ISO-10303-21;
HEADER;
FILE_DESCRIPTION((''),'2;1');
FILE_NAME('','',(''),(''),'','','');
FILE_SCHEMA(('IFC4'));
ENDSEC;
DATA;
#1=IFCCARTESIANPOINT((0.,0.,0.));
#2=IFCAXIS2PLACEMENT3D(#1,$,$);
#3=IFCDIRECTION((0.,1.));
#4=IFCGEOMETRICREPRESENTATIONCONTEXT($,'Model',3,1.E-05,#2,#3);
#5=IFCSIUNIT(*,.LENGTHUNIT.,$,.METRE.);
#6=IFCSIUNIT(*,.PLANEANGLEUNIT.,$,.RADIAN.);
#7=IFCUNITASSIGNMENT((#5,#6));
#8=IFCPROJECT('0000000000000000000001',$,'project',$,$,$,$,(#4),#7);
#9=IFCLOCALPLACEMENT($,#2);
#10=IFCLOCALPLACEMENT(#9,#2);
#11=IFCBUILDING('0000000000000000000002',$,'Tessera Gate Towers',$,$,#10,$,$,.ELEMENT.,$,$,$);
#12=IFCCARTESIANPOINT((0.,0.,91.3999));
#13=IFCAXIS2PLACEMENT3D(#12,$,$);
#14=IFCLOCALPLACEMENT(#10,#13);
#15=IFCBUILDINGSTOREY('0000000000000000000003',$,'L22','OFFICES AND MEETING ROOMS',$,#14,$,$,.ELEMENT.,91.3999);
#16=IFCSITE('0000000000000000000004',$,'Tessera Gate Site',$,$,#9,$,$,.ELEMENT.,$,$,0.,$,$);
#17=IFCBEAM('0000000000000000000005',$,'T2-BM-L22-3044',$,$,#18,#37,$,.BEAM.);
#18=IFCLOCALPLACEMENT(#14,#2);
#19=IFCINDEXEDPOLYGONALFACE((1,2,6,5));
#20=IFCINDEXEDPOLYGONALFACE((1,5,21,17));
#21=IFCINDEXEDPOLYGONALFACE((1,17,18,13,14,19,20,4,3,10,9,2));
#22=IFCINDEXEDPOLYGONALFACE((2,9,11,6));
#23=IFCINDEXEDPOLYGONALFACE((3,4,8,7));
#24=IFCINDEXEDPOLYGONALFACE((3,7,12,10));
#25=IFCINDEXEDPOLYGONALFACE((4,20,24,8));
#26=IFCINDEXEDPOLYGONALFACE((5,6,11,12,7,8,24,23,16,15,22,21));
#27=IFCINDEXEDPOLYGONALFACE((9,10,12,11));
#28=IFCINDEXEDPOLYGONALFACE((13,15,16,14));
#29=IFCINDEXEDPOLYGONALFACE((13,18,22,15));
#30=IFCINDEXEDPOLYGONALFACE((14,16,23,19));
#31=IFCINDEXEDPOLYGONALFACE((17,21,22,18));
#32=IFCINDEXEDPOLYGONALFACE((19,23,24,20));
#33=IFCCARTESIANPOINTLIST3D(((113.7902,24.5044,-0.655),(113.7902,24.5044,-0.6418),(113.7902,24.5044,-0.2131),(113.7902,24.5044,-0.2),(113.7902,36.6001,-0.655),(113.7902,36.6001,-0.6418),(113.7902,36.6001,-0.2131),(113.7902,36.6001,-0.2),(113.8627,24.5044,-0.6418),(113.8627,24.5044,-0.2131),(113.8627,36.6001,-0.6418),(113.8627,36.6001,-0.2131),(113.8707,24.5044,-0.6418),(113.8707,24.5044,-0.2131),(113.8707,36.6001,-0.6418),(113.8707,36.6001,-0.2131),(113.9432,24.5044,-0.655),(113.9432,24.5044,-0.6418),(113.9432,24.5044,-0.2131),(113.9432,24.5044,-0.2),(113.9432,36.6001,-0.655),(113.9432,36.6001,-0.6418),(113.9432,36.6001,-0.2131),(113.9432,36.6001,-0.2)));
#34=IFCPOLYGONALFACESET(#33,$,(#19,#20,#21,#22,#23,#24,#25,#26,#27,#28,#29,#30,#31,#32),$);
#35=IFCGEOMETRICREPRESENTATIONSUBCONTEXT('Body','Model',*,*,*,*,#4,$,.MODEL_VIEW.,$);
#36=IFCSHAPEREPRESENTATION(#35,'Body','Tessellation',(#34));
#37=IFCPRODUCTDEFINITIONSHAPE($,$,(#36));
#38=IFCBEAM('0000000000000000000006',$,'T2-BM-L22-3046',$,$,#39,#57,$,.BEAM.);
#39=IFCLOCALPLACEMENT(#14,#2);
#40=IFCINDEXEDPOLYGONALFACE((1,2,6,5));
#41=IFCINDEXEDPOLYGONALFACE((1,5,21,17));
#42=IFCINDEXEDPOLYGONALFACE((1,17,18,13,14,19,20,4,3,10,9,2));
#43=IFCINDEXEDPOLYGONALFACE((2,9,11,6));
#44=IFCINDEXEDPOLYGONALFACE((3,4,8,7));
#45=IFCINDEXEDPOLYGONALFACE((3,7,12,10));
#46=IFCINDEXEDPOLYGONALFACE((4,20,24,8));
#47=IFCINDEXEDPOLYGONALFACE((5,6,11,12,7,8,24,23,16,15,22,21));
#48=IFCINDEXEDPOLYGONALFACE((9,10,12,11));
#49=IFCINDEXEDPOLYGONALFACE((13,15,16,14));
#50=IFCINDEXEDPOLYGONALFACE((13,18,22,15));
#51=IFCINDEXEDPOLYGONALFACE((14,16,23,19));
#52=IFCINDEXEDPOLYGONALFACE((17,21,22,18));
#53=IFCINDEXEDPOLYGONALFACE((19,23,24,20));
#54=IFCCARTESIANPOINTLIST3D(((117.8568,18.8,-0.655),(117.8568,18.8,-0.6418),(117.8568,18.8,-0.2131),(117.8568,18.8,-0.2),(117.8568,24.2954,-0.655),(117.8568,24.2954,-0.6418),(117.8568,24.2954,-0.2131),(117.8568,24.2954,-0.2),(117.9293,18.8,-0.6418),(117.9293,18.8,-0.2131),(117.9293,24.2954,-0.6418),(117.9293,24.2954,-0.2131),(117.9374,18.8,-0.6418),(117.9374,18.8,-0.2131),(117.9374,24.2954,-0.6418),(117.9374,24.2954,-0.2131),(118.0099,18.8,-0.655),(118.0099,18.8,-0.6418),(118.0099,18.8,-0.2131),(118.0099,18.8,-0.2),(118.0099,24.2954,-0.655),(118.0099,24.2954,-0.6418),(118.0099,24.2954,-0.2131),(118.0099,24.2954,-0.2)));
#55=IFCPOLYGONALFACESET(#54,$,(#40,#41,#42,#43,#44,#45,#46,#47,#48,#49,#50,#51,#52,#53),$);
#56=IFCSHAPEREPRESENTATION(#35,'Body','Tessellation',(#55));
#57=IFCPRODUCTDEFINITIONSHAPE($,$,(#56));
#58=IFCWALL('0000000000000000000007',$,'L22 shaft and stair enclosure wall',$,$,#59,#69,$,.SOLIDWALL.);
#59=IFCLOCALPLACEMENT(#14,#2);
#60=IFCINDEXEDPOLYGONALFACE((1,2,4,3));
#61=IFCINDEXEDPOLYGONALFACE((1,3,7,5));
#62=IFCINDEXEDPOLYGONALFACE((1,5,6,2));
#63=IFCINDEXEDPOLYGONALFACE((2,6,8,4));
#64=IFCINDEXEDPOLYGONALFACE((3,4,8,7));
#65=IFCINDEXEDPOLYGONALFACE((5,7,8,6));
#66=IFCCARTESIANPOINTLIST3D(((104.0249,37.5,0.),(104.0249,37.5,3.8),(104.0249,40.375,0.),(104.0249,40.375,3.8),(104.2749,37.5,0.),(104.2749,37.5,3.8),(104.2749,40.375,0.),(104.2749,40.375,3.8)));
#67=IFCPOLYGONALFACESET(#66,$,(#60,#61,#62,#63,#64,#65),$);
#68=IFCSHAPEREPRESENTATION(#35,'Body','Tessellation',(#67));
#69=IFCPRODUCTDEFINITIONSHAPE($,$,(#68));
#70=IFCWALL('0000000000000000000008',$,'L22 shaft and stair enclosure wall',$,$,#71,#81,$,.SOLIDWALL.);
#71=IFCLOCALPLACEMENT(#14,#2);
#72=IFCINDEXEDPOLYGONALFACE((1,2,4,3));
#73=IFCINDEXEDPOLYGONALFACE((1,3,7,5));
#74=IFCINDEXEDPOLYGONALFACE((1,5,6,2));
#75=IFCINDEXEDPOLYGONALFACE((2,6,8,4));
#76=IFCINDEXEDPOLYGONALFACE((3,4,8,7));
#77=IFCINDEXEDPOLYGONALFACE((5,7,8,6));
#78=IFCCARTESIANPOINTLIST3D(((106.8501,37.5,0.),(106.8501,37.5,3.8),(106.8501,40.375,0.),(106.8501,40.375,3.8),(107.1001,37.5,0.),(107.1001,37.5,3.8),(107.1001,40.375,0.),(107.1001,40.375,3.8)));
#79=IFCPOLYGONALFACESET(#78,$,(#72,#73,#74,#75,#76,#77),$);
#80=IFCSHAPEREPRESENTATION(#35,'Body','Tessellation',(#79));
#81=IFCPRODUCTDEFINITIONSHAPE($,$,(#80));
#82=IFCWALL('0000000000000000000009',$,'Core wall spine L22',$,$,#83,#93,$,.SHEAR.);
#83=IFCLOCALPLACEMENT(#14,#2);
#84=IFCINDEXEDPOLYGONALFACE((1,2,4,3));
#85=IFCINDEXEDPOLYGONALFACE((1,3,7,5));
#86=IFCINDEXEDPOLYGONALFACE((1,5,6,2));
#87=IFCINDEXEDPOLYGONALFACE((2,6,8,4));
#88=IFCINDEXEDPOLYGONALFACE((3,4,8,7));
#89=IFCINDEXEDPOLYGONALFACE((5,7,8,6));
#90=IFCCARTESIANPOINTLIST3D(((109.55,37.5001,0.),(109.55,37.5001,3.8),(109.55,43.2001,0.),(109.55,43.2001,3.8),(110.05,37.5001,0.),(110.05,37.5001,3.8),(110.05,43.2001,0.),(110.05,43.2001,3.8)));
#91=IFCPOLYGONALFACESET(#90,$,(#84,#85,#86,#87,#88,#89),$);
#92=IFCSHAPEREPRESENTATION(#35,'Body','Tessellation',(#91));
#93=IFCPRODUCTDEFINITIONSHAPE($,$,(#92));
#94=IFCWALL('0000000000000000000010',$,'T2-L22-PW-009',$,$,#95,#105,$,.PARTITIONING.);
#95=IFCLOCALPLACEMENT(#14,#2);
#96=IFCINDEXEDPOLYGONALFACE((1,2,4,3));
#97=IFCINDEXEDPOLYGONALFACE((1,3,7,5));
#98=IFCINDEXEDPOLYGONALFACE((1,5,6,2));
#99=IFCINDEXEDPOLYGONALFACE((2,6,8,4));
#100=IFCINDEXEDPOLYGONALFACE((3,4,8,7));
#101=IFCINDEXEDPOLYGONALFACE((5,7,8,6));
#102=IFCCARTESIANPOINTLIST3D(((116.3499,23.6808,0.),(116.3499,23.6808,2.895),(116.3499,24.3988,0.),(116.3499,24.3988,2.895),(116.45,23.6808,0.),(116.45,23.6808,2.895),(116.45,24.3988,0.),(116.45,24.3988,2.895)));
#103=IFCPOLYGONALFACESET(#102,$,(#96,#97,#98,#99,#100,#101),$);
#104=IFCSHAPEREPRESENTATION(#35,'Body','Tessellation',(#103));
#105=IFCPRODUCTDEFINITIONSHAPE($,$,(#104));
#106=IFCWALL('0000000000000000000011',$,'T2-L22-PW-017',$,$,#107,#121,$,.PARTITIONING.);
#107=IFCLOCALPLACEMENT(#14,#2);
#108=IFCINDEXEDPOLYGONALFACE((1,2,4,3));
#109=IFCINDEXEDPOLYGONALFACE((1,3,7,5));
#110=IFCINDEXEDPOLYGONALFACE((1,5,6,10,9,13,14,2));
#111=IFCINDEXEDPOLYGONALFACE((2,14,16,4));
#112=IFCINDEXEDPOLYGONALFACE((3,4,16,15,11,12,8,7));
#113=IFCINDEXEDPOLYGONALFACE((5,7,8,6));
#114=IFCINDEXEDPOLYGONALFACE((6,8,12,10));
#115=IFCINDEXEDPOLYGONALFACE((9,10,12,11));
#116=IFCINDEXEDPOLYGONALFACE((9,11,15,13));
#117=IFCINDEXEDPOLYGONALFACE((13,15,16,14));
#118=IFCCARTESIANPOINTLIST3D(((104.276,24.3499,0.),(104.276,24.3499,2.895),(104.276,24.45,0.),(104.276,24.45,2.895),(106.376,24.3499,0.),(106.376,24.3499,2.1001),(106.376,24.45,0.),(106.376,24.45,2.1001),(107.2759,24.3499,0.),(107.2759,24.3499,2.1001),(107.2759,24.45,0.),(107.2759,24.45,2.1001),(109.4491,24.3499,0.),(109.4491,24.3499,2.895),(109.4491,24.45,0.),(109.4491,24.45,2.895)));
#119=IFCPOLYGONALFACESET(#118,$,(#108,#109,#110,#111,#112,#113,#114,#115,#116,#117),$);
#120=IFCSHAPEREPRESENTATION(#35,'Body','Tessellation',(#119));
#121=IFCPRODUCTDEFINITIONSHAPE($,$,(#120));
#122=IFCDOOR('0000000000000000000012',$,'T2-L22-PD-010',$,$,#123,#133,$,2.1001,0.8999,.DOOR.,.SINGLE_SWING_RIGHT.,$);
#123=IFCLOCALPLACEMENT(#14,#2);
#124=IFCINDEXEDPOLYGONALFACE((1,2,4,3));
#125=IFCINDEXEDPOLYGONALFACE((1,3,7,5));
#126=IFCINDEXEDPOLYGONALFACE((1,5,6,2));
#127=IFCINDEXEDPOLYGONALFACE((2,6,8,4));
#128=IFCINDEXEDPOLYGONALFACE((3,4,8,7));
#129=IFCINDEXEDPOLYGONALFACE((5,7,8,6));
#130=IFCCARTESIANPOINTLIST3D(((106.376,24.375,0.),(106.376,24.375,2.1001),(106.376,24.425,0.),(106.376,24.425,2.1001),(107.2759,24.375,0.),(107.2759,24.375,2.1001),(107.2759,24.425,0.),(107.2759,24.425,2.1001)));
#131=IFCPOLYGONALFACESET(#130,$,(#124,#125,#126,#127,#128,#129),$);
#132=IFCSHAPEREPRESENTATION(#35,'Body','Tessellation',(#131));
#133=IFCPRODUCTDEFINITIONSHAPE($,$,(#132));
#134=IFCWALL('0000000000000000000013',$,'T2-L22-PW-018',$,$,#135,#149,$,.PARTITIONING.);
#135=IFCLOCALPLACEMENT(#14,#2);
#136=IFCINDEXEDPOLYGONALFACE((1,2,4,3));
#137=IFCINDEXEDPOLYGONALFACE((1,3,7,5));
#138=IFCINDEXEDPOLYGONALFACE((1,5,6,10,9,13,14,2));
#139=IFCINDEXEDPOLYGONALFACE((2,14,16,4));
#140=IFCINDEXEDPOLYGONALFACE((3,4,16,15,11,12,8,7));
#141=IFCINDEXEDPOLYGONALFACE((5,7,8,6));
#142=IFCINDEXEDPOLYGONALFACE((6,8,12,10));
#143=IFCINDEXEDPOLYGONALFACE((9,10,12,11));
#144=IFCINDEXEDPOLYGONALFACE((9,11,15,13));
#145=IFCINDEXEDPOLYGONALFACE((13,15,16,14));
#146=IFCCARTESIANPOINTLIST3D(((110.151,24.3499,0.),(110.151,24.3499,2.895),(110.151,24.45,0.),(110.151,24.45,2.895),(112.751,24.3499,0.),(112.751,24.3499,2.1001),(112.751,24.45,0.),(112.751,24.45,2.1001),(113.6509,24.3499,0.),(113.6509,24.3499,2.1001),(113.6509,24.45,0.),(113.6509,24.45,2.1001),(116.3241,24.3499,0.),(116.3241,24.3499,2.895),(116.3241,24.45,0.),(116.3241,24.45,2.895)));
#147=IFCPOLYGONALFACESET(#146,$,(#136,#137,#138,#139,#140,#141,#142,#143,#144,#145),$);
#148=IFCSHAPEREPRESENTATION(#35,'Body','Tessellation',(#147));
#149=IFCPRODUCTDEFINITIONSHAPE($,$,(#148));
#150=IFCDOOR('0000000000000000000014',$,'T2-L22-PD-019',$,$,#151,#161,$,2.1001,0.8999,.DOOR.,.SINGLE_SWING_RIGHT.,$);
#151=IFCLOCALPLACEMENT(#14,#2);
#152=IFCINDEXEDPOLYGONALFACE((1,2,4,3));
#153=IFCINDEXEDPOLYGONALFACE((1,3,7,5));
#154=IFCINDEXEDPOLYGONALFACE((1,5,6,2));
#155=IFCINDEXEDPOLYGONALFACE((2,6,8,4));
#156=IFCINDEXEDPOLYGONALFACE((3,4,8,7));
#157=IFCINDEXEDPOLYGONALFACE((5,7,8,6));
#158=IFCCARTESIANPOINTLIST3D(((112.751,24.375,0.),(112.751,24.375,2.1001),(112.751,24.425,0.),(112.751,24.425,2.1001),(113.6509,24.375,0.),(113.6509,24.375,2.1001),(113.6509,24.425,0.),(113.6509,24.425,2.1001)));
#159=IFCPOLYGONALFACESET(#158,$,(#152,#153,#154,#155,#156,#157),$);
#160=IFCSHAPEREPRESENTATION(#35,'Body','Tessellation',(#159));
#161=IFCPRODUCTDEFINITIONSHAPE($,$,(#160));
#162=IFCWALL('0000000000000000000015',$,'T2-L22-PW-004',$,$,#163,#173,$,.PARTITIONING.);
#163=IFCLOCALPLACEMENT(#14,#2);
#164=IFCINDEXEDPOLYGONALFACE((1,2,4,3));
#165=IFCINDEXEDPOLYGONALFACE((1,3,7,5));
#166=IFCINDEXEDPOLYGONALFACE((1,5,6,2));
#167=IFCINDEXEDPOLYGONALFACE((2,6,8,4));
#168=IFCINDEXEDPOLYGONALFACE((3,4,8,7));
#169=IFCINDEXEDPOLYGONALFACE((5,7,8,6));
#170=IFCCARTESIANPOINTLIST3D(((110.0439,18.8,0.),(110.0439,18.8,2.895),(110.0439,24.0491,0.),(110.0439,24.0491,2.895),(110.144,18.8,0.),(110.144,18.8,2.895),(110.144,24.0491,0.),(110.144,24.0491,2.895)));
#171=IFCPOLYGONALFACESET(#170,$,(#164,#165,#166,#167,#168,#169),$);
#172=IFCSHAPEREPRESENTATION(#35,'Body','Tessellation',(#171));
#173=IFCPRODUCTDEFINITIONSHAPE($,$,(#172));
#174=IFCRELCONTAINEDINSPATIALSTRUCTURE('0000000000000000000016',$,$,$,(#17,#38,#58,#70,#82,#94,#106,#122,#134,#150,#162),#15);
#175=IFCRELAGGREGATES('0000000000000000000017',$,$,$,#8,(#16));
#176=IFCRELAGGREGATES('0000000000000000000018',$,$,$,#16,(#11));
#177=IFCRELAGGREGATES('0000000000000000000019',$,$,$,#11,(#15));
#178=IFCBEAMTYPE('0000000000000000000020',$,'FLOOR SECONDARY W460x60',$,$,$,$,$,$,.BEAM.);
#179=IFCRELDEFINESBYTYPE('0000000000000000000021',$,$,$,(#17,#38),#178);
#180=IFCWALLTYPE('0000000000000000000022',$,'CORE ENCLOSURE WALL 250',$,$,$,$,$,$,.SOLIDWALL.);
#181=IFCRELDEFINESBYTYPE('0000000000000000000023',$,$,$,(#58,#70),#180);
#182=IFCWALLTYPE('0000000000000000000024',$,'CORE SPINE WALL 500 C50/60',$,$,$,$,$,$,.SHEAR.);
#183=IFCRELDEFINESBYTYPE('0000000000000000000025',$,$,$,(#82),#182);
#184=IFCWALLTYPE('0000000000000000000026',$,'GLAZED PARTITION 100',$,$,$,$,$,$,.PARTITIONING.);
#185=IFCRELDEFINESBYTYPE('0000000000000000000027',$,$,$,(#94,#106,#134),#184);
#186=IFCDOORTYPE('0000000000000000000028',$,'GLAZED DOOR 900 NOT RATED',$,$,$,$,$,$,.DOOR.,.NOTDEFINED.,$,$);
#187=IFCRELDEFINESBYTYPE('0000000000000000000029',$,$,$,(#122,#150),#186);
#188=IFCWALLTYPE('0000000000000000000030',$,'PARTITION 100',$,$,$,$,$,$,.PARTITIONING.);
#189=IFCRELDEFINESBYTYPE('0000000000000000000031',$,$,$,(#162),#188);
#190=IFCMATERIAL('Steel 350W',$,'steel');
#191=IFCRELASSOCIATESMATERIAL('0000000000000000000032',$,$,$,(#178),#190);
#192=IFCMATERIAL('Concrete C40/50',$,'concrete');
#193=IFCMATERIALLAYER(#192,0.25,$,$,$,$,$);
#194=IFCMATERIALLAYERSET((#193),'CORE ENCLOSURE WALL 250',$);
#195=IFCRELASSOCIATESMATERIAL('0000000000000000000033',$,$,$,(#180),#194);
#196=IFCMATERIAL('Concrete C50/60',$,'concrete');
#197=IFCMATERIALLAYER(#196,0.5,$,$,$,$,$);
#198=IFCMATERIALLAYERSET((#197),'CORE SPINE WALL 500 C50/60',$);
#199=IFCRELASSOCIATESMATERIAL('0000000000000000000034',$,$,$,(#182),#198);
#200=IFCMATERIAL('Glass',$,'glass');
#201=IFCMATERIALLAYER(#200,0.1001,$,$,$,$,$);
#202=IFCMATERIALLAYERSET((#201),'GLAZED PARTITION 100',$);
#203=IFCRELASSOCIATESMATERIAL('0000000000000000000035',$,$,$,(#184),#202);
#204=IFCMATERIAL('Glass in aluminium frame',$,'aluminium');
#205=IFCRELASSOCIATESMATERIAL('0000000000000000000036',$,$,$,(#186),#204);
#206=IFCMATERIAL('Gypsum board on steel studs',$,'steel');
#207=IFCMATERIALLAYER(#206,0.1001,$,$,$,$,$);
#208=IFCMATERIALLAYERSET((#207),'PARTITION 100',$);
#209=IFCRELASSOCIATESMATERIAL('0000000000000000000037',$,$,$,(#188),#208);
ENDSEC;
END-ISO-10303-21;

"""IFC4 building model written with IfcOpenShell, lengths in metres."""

from ifc_helpers import new_model, si_unit, direction, frame, frame_2d, origin, origin_2d, place, context, subcontext, project, spatial, rectangle, i_section, extrude, source, transform, mapped, material, layer, layer_set, material_profile, profile_set, type_object, element, fill, save


model = new_model("IFC4")

# Units and contexts
model_context = context("Model", 3, precision=1e-05, world=origin(), true_north=direction((0.0, 1.0)))
body_context = subcontext(model_context, "Body", "Model", "MODEL_VIEW")
ifc_project = project(units=[si_unit("LENGTHUNIT", "METRE"), si_unit("PLANEANGLEUNIT", "RADIAN")], contexts=[model_context])

# Site, building, storey
site_placement = place(None, origin())
site = spatial("IfcSite", under=ifc_project, at=site_placement, Name="Tessera Gate Site", CompositionType="ELEMENT", RefElevation=0.0)
building_placement = place(site_placement, origin())
building = spatial("IfcBuilding", under=site, at=building_placement, Name="Tessera Gate Towers", CompositionType="ELEMENT")
storey_placement = place(building_placement, frame((0.0, 0.0, 91.3999)))
storey = spatial("IfcBuildingStorey", under=building, at=storey_placement, Name="L22", Description="OFFICES AND MEETING ROOMS", CompositionType="ELEMENT", Elevation=91.3999)

# Beams
ifc_material_1 = material(Name="Steel 350W", Category="steel")
ifc_material_profile_1 = material_profile(ifc_material_1, i_section(OverallWidth=0.1531, OverallDepth=0.4551, WebThickness=0.0081, FlangeThickness=0.0132, at=origin_2d()), Name="W460x60")
ifc_profile_set_1 = profile_set([ifc_material_profile_1], Name="Steel 350W")
beam_type_1 = type_object("IfcBeamType", Name="FLOOR SECONDARY W460x60", PredefinedType="BEAM", material=ifc_profile_set_1)
beam_1_placement = place(storey_placement, frame((113.8667, 24.5044, -0.4275), z_axis=(0.0, 1.0, 0.0), x_axis=(-1.0, 0.0, 0.0)))
element("IfcBeam", 1, at=beam_1_placement, inside=storey, type_object=beam_type_1, Name="T2-BM-L22-3044", PredefinedType="BEAM", context=body_context, shape_type="SweptSolid", body=[
    extrude(i_section(OverallWidth=0.1531, OverallDepth=0.4551, WebThickness=0.0081, FlangeThickness=0.0132, at=origin_2d()), origin(), (0.0, 0.0, 1.0), 12.0957),
])
beam_2_placement = place(storey_placement, frame((117.9333, 18.8, -0.4275), z_axis=(0.0, 1.0, 0.0), x_axis=(-1.0, 0.0, 0.0)))
element("IfcBeam", 2, at=beam_2_placement, inside=storey, type_object=beam_type_1, Name="T2-BM-L22-3046", PredefinedType="BEAM", context=body_context, shape_type="SweptSolid", body=[
    extrude(i_section(OverallWidth=0.1531, OverallDepth=0.4551, WebThickness=0.0081, FlangeThickness=0.0132, at=origin_2d()), origin(), (0.0, 0.0, 1.0), 5.4954),
])

# Walls
ifc_material_2 = material(Name="Concrete C40/50", Category="concrete")
ifc_layer_1 = layer(ifc_material_2, 0.25)
ifc_layer_set_1 = layer_set([ifc_layer_1], Name="CORE ENCLOSURE WALL 250")
wall_type_1 = type_object("IfcWallType", Name="CORE ENCLOSURE WALL 250", PredefinedType="SOLIDWALL", material=ifc_layer_set_1)
for number, where, z_axis, x_axis, name in (
    (3, (104.1499, 37.5, 0.0), (0.0, 0.0, 1.0), (0.0, 1.0, 0.0), "L22 shaft and stair enclosure wall"),
    (4, (106.9751, 37.5, 0.0), (0.0, 0.0, 1.0), (0.0, 1.0, 0.0), "L22 shaft and stair enclosure wall"),
):
    element("IfcWall", number, at=place(storey_placement, frame(where, z_axis=z_axis, x_axis=x_axis)), inside=storey, type_object=wall_type_1, Name=name, PredefinedType="SOLIDWALL", context=body_context, shape_type="SweptSolid", body=[
        extrude(rectangle(XDim=2.875, YDim=0.25, at=frame_2d((1.4375, 0.0))), origin(), (0.0, 0.0, 1.0), 3.8),
    ])
ifc_material_3 = material(Name="Concrete C50/60", Category="concrete")
ifc_layer_2 = layer(ifc_material_3, 0.5)
ifc_layer_set_2 = layer_set([ifc_layer_2], Name="CORE SPINE WALL 500 C50/60")
wall_type_2 = type_object("IfcWallType", Name="CORE SPINE WALL 500 C50/60", PredefinedType="SHEAR", material=ifc_layer_set_2)
wall_1_placement = place(storey_placement, frame((109.8, 37.5, 0.0), z_axis=(0.0, 0.0, 1.0), x_axis=(0.0, 1.0, 0.0)))
element("IfcWall", 5, at=wall_1_placement, inside=storey, type_object=wall_type_2, Name="Core wall spine L22", PredefinedType="SHEAR", context=body_context, shape_type="SweptSolid", body=[
    extrude(rectangle(XDim=5.7, YDim=0.5, at=frame_2d((2.8501, 0.0))), origin(), (0.0, 0.0, 1.0), 3.8),
])
ifc_material_4 = material(Name="Glass", Category="glass")
ifc_layer_3 = layer(ifc_material_4, 0.1001)
ifc_layer_set_3 = layer_set([ifc_layer_3], Name="GLAZED PARTITION 100")
wall_type_3 = type_object("IfcWallType", Name="GLAZED PARTITION 100", PredefinedType="PARTITIONING", material=ifc_layer_set_3)
wall_2_placement = place(storey_placement, frame((116.3999, 23.6809, 0.0), z_axis=(0.0, 0.0, 1.0), x_axis=(0.0, 1.0, 0.0)))
element("IfcWall", 6, at=wall_2_placement, inside=storey, type_object=wall_type_3, Name="T2-L22-PW-009", PredefinedType="PARTITIONING", context=body_context, shape_type="SweptSolid", body=[
    extrude(rectangle(XDim=0.718, YDim=0.1001, at=frame_2d((0.3589, 0.0))), origin(), (0.0, 0.0, 1.0), 2.895),
])

# Walls, openings, doors
wall_3_placement = place(storey_placement, frame((109.449, 24.3999, 0.0), z_axis=(0.0, 0.0, 1.0), x_axis=(-1.0, 0.0, 0.0)))
wall_3 = element("IfcWall", 7, at=wall_3_placement, inside=storey, type_object=wall_type_3, Name="T2-L22-PW-017", PredefinedType="PARTITIONING", context=body_context, shape_type="SweptSolid", body=[
    extrude(rectangle(XDim=5.1731, YDim=0.1001, at=frame_2d((2.5864, 0.0))), origin(), (0.0, 0.0, 1.0), 2.895),
])
shared_shape_1 = source(origin(), body_context, "Body", "SweptSolid", [
    extrude(rectangle(XDim=0.8999, YDim=2.1001, at=frame_2d((0.45, 1.05))), frame((0.0, 0.0601, 0.0), z_axis=(0.0, -1.0, 0.0), x_axis=(1.0, 0.0, 0.0)), (0.0, 0.0, 1.0), 0.1201),
])
opening_1_placement = place(wall_3_placement, frame((2.1731, 0.0, 0.0)))
opening_1 = element("IfcOpeningElement", 8, at=opening_1_placement, cuts=wall_3, PredefinedType="OPENING", context=body_context, shape_type="MappedRepresentation", body=[
    mapped(shared_shape_1, transform((0.0, 0.0, 0.0), scale=1.0)),
])
ifc_material_5 = material(Name="Glass in aluminium frame", Category="aluminium")
door_type_1 = type_object("IfcDoorType", Name="GLAZED DOOR 900 NOT RATED", OperationType="NOTDEFINED", PredefinedType="DOOR", material=ifc_material_5)
shared_shape_2 = source(origin(), body_context, "Body", "SweptSolid", [
    extrude(rectangle(XDim=0.8999, YDim=2.1001, at=frame_2d((0.45, 1.05))), frame((0.0, 0.0249, 0.0), z_axis=(0.0, -1.0, 0.0), x_axis=(1.0, 0.0, 0.0)), (0.0, 0.0, 1.0), 0.05),
])
door_1_placement = place(opening_1_placement, origin())
door_1 = element("IfcDoor", 9, at=door_1_placement, inside=storey, type_object=door_type_1, Name="T2-L22-PD-010", OperationType="SINGLE_SWING_RIGHT", OverallHeight=2.1001, OverallWidth=0.8999, PredefinedType="DOOR", context=body_context, shape_type="MappedRepresentation", body=[
    mapped(shared_shape_2, transform((0.0, 0.0, 0.0), scale=1.0)),
])
fill(opening_1, door_1)
wall_4_placement = place(storey_placement, frame((116.324, 24.3999, 0.0), z_axis=(0.0, 0.0, 1.0), x_axis=(-1.0, 0.0, 0.0)))
wall_4 = element("IfcWall", 10, at=wall_4_placement, inside=storey, type_object=wall_type_3, Name="T2-L22-PW-018", PredefinedType="PARTITIONING", context=body_context, shape_type="SweptSolid", body=[
    extrude(rectangle(XDim=6.1731, YDim=0.1001, at=frame_2d((3.0864, 0.0))), origin(), (0.0, 0.0, 1.0), 2.895),
])
opening_2_placement = place(wall_4_placement, frame((2.6731, 0.0, 0.0)))
opening_2 = element("IfcOpeningElement", 11, at=opening_2_placement, cuts=wall_4, PredefinedType="OPENING", context=body_context, shape_type="MappedRepresentation", body=[
    mapped(shared_shape_1, transform((0.0, 0.0, 0.0), scale=1.0)),
])
door_2_placement = place(opening_2_placement, origin())
door_2 = element("IfcDoor", 12, at=door_2_placement, inside=storey, type_object=door_type_1, Name="T2-L22-PD-019", OperationType="SINGLE_SWING_RIGHT", OverallHeight=2.1001, OverallWidth=0.8999, PredefinedType="DOOR", context=body_context, shape_type="MappedRepresentation", body=[
    mapped(shared_shape_2, transform((0.0, 0.0, 0.0), scale=1.0)),
])
fill(opening_2, door_2)

# Wall
ifc_material_6 = material(Name="Gypsum board on steel studs", Category="steel")
ifc_layer_4 = layer(ifc_material_6, 0.1001)
ifc_layer_set_4 = layer_set([ifc_layer_4], Name="PARTITION 100")
wall_type_4 = type_object("IfcWallType", Name="PARTITION 100", PredefinedType="PARTITIONING", material=ifc_layer_set_4)
wall_5_placement = place(storey_placement, frame((110.094, 18.8, 0.0), z_axis=(0.0, 0.0, 1.0), x_axis=(0.0, 1.0, 0.0)))
element("IfcWall", 13, at=wall_5_placement, inside=storey, type_object=wall_type_4, Name="T2-L22-PW-004", PredefinedType="PARTITIONING", context=body_context, shape_type="SweptSolid", body=[
    extrude(rectangle(XDim=5.249, YDim=0.1001, at=frame_2d((2.6245, 0.0))), origin(), (0.0, 0.0, 1.0), 2.895),
])

save(model, "model.ifc")
